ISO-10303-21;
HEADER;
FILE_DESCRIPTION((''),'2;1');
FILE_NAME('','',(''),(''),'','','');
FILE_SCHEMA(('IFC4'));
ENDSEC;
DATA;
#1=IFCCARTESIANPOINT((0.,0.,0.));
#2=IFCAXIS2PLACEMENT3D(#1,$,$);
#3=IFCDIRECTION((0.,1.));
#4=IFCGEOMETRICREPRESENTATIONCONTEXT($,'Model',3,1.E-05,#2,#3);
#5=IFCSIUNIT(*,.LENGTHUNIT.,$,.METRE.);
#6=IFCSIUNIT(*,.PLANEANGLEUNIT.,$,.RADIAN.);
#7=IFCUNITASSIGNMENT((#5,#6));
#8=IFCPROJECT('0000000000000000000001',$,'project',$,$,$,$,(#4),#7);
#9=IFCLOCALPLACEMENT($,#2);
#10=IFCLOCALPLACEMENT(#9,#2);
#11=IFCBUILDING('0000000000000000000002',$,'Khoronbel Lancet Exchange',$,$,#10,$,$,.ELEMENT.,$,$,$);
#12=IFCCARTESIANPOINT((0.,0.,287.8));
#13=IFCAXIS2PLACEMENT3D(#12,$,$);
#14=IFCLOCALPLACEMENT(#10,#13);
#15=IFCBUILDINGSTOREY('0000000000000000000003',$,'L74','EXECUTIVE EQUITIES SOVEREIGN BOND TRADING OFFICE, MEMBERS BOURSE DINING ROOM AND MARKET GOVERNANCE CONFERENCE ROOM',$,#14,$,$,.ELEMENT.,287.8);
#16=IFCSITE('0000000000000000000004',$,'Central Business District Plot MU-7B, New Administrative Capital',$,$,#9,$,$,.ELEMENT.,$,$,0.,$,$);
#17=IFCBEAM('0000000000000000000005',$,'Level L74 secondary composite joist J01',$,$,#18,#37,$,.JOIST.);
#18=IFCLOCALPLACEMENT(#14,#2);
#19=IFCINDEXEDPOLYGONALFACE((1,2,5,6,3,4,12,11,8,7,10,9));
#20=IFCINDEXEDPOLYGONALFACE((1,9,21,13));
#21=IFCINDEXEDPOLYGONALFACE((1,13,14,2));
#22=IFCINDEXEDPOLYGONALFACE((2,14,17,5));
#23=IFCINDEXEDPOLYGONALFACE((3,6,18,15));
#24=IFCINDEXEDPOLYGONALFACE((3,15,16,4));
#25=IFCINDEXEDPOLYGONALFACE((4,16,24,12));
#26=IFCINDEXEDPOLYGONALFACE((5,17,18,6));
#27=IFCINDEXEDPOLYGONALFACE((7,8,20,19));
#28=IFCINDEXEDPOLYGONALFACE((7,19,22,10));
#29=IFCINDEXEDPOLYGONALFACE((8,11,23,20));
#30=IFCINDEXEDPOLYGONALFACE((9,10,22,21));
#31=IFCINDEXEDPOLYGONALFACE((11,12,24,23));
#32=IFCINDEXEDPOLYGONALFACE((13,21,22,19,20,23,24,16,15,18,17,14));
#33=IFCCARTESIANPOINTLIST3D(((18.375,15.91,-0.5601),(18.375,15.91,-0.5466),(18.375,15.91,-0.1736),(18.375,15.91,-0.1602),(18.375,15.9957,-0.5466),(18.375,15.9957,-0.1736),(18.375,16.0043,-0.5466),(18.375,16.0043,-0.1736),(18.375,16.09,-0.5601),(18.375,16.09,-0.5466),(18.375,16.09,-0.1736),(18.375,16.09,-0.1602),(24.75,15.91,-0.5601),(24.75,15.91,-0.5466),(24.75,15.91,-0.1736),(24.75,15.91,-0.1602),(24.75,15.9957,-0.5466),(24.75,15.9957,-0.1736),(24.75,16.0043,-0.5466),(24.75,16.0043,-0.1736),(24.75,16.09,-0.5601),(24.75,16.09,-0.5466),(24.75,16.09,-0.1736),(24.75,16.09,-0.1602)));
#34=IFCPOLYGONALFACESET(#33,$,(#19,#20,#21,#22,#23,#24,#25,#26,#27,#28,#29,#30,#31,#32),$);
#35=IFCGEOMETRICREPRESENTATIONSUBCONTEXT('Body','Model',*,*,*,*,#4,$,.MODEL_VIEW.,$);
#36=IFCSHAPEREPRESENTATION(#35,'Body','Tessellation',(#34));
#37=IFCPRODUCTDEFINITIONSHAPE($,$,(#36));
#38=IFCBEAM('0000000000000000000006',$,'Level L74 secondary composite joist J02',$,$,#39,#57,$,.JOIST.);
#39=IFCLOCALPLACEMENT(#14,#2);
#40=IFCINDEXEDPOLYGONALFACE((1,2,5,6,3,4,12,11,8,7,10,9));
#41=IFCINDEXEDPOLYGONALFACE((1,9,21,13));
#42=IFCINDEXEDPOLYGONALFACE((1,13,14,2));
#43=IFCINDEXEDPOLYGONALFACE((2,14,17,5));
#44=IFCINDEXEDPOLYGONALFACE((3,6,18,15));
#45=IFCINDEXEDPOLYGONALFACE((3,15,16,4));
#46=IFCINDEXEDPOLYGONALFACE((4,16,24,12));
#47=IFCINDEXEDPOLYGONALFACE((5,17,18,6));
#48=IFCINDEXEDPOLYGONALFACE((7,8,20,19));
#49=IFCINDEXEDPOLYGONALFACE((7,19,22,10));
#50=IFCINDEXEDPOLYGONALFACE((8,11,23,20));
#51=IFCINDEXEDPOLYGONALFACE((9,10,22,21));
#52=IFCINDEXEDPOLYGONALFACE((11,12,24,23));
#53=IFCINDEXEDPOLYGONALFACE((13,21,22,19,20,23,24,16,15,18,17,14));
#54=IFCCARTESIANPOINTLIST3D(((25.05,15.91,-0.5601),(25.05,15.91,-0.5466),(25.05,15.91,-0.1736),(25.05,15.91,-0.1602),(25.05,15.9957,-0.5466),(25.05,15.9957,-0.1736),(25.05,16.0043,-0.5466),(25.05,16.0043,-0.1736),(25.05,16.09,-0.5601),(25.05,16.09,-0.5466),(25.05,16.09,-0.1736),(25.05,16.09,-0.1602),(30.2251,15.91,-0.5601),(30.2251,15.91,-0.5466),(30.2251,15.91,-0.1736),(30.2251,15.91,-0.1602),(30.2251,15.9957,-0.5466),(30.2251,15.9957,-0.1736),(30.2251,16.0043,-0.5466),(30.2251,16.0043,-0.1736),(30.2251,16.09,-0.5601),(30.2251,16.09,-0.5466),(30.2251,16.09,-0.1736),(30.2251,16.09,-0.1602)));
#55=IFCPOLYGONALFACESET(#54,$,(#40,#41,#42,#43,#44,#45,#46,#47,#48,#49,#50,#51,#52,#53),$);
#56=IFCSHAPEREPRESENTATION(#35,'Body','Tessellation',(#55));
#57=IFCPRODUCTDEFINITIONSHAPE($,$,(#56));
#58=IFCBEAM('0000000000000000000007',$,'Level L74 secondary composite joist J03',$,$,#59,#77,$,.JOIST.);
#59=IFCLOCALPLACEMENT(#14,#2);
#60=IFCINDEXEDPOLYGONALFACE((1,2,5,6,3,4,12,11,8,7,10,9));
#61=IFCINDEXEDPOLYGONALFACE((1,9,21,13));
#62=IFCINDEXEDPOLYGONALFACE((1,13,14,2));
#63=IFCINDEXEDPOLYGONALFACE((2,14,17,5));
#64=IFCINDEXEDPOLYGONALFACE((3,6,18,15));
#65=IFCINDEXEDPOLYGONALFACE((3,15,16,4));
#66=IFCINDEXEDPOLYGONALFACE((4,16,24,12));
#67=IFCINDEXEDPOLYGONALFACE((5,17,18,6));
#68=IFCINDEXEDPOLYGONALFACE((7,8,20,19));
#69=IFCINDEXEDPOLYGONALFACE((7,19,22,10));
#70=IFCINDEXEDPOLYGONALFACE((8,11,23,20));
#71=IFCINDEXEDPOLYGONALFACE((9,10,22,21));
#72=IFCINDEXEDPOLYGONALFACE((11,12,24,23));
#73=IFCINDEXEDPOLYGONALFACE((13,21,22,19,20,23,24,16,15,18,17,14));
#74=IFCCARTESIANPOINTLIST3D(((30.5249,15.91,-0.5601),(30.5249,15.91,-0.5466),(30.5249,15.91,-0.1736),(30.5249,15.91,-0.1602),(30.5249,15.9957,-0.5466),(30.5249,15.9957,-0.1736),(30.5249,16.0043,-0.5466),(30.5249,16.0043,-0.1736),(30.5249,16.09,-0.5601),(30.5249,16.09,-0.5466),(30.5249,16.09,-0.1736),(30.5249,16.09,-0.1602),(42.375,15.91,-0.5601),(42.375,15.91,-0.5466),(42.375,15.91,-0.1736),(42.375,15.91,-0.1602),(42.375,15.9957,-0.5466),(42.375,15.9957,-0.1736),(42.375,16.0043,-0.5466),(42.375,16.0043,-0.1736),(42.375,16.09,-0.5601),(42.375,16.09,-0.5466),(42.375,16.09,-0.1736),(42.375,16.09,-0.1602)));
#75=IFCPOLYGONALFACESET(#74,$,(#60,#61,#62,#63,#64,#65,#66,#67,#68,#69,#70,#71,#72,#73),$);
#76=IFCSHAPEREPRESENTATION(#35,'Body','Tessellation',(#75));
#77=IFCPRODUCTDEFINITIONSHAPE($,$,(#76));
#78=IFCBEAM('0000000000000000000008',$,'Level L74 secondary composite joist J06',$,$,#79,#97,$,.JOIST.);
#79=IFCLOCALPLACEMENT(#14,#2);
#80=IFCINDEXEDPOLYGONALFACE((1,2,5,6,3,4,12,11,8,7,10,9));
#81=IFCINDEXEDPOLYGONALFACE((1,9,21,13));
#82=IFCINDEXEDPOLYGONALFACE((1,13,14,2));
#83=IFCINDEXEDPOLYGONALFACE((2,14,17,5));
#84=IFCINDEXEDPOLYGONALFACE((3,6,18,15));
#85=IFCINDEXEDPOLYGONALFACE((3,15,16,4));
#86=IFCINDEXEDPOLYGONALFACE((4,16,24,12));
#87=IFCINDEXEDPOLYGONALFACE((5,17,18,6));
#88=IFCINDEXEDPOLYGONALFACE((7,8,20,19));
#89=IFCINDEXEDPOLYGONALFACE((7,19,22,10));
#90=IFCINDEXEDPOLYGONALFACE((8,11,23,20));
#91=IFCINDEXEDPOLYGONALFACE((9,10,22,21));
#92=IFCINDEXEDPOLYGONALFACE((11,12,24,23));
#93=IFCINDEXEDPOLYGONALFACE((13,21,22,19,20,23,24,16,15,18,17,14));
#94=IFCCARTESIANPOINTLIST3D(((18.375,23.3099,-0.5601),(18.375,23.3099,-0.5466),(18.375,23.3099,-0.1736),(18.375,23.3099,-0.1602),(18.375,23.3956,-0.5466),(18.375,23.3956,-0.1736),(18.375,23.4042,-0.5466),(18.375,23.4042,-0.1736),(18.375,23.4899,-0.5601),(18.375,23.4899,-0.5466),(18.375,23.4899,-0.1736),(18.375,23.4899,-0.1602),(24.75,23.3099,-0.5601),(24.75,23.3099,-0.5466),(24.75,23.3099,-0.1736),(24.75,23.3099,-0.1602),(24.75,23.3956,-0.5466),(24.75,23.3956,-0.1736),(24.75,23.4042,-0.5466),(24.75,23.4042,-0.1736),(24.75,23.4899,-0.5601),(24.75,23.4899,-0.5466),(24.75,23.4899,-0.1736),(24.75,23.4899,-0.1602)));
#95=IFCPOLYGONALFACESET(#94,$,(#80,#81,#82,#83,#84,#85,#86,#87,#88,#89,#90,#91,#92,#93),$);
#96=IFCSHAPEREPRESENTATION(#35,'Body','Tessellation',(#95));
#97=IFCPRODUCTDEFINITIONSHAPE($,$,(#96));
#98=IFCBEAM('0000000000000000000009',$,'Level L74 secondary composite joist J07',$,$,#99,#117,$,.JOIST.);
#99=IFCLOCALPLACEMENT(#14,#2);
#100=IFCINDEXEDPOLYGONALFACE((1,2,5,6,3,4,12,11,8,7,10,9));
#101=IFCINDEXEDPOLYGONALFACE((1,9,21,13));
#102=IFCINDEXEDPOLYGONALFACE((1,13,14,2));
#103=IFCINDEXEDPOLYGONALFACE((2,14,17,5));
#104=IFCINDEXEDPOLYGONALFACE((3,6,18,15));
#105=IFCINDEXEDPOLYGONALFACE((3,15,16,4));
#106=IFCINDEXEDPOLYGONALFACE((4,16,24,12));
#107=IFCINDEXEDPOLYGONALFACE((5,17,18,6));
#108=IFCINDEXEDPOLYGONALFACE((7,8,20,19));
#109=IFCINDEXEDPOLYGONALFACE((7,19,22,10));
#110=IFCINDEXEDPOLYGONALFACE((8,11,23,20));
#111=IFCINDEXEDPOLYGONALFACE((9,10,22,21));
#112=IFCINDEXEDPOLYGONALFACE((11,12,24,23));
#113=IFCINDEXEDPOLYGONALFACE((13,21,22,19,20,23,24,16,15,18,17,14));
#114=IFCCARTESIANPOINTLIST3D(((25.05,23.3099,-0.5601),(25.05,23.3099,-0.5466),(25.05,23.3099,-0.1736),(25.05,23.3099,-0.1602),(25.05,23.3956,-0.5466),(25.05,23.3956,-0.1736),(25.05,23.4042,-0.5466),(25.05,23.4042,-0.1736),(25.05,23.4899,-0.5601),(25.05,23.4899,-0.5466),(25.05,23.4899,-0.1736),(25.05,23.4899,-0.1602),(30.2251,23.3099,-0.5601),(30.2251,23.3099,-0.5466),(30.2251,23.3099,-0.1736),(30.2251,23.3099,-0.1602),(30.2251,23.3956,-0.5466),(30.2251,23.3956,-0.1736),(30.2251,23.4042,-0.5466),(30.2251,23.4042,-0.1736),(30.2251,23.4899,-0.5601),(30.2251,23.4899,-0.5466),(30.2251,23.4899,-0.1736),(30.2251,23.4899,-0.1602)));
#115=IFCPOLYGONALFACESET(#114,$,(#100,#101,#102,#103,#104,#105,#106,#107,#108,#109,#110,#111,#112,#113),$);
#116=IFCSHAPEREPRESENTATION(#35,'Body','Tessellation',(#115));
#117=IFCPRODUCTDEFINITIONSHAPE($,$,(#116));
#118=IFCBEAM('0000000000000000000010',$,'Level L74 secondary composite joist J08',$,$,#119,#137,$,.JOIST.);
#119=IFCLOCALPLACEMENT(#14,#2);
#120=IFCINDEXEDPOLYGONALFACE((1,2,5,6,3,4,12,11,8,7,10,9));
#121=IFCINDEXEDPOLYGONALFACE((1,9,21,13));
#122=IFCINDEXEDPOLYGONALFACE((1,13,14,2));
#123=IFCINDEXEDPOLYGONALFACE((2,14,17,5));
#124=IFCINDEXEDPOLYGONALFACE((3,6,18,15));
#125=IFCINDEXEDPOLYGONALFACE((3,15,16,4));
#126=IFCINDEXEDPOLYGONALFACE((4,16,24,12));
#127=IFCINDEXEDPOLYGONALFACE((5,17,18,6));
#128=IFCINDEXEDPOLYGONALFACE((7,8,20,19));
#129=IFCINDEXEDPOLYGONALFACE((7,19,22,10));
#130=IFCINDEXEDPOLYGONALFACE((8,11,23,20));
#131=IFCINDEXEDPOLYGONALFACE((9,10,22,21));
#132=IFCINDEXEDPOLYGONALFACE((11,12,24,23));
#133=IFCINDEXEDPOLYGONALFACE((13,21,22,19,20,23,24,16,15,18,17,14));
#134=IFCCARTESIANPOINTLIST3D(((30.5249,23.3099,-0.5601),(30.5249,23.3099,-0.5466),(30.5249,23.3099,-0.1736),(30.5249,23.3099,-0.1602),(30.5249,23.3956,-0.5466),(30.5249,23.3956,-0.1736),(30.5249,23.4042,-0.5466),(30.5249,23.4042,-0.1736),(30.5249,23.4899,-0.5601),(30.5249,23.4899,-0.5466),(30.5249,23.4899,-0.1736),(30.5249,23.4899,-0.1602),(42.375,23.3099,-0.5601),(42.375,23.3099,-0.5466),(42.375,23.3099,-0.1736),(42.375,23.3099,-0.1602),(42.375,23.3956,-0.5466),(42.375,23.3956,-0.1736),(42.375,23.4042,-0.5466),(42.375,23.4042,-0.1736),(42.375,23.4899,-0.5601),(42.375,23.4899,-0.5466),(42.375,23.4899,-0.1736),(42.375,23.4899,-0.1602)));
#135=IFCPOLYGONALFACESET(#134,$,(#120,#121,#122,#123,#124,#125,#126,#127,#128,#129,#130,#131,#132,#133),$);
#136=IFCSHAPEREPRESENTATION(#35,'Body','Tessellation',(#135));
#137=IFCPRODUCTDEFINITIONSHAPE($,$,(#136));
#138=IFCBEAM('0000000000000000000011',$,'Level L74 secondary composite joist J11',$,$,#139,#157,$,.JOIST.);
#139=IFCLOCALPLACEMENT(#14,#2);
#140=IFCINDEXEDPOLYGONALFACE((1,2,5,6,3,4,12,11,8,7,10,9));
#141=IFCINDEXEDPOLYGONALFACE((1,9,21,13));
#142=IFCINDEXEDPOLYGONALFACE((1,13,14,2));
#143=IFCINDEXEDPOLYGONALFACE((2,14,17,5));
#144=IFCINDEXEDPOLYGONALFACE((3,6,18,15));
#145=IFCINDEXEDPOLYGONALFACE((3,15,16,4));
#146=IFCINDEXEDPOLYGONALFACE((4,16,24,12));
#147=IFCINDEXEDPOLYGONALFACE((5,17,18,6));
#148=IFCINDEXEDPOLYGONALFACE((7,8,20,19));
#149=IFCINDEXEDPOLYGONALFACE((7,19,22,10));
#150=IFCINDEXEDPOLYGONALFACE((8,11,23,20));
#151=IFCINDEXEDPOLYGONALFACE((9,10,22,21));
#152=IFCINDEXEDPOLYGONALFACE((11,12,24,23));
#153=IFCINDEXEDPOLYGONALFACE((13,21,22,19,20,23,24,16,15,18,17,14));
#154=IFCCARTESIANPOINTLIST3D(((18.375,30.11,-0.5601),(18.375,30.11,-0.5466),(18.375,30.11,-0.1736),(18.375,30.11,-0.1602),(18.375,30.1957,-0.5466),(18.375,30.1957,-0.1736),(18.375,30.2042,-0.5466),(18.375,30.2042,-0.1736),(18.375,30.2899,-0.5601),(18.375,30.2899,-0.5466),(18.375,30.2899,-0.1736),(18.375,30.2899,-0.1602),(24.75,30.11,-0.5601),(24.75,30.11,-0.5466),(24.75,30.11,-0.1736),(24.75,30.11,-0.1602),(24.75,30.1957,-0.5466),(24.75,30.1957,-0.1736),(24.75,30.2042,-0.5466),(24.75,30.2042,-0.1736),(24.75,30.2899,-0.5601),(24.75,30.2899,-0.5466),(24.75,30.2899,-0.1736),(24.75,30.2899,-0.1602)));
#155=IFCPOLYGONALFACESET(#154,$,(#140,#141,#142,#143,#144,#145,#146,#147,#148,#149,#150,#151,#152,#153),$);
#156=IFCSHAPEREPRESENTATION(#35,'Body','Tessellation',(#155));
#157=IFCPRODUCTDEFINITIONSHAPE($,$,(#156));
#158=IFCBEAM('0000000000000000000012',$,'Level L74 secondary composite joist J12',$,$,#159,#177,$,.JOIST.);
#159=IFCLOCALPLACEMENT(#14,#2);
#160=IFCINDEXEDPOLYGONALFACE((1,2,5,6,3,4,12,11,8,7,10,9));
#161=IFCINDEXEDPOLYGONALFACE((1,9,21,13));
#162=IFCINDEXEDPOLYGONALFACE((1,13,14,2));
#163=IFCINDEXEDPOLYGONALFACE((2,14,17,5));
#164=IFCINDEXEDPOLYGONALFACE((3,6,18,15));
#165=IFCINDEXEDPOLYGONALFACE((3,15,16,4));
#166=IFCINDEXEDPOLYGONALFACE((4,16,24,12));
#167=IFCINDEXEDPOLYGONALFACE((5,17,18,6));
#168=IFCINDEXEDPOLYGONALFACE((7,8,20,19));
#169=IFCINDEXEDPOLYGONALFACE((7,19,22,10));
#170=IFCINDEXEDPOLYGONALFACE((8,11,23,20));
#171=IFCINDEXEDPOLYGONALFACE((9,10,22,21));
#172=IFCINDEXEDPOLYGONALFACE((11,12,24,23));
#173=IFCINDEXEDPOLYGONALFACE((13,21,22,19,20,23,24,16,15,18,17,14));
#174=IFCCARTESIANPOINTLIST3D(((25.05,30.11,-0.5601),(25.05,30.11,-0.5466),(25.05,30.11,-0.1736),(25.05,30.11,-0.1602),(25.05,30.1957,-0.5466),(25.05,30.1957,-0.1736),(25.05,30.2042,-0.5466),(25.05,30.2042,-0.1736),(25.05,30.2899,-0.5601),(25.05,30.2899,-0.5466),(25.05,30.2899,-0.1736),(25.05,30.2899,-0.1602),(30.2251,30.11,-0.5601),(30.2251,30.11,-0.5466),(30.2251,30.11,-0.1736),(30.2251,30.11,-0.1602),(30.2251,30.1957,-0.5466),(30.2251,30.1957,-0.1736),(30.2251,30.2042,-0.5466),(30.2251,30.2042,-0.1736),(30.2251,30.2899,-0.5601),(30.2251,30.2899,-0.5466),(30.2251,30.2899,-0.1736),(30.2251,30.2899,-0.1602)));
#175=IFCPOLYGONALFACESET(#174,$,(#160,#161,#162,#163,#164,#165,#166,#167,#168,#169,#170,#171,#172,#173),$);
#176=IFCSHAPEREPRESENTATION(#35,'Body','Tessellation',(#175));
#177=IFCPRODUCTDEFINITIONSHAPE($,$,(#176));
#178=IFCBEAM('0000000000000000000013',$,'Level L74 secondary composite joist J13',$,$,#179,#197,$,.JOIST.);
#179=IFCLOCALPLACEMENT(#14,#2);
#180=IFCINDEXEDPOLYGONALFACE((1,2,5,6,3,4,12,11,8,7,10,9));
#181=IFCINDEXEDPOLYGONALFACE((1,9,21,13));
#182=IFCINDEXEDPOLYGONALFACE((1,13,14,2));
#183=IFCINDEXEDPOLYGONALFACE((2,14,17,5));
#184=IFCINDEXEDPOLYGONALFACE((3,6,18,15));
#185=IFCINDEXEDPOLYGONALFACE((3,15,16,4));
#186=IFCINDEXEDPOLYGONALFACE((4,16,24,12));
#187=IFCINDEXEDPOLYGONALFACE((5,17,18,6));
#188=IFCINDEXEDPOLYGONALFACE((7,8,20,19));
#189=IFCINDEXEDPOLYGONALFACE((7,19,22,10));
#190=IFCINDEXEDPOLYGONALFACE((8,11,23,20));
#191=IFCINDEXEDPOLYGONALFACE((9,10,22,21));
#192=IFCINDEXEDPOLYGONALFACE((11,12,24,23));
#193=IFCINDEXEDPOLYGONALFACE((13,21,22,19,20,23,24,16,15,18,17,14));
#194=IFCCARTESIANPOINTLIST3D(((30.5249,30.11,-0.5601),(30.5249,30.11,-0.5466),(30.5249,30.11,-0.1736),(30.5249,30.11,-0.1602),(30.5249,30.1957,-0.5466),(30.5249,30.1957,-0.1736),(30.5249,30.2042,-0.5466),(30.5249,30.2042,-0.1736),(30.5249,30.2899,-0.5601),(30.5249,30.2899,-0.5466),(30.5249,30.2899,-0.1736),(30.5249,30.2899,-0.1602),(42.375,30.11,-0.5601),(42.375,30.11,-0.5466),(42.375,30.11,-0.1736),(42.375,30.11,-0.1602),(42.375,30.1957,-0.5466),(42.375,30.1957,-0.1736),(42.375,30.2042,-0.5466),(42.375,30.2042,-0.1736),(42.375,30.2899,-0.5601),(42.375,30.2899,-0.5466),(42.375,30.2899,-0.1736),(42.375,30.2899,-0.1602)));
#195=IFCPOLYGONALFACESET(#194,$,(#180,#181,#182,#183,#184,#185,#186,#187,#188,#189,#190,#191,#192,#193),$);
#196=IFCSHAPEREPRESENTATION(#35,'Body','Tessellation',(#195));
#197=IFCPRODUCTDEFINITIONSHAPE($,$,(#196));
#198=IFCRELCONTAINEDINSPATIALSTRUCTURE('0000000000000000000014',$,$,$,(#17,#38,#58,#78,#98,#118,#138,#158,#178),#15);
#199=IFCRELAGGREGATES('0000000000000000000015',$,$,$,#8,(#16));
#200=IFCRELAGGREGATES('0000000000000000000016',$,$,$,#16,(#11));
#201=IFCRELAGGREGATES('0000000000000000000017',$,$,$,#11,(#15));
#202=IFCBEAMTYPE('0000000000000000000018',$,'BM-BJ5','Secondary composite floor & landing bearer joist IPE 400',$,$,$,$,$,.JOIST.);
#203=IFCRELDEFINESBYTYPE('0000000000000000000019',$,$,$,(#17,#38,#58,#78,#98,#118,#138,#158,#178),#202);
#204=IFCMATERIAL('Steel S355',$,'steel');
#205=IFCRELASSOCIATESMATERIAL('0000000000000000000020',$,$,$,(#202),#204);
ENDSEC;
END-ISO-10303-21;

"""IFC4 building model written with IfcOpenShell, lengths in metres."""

from ifc_helpers import new_model, si_unit, direction, frame, origin, origin_2d, place, context, subcontext, project, spatial, i_section, extrude, material, material_profile, profile_set, type_object, element, save


model = new_model("IFC4")

# Units and contexts
model_context = context("Model", 3, precision=1e-05, world=origin(), true_north=direction((0.0, 1.0)))
body_context = subcontext(model_context, "Body", "Model", "MODEL_VIEW")
ifc_project = project(units=[si_unit("LENGTHUNIT", "METRE"), si_unit("PLANEANGLEUNIT", "RADIAN")], contexts=[model_context])

# Site, building, storey
site_placement = place(None, origin())
site = spatial("IfcSite", under=ifc_project, at=site_placement, Name="Central Business District Plot MU-7B, New Administrative Capital", CompositionType="ELEMENT", RefElevation=0.0)
building_placement = place(site_placement, origin())
building = spatial("IfcBuilding", under=site, at=building_placement, Name="Khoronbel Lancet Exchange", CompositionType="ELEMENT")
storey_placement = place(building_placement, frame((0.0, 0.0, 287.8)))
storey = spatial("IfcBuildingStorey", under=building, at=storey_placement, Name="L74", Description="EXECUTIVE EQUITIES SOVEREIGN BOND TRADING OFFICE, MEMBERS BOURSE DINING ROOM AND MARKET GOVERNANCE CONFERENCE ROOM", CompositionType="ELEMENT", Elevation=287.8)

# Beams
ifc_material_1 = material(Name="Steel S355", Category="steel")
ifc_material_profile = material_profile(ifc_material_1, i_section(OverallWidth=0.1799, OverallDepth=0.3999, WebThickness=0.0085, FlangeThickness=0.0134, at=origin_2d()), Name="IPE 400")
ifc_profile_set = profile_set([ifc_material_profile], Name="Steel S355")
beam_type = type_object("IfcBeamType", Name="BM-BJ5", Description="Secondary composite floor & landing bearer joist IPE 400", PredefinedType="JOIST", material=ifc_profile_set)
beam_1_placement = place(storey_placement, frame((18.375, 16.0, -0.3601), z_axis=(1.0, 0.0, 0.0), x_axis=(0.0, 1.0, 0.0)))
element("IfcBeam", 1, at=beam_1_placement, inside=storey, type_object=beam_type, Name="Level L74 secondary composite joist J01", PredefinedType="JOIST", context=body_context, shape_type="SweptSolid", body=[
    extrude(i_section(OverallWidth=0.1799, OverallDepth=0.3999, WebThickness=0.0085, FlangeThickness=0.0134, at=origin_2d()), origin(), (0.0, 0.0, 1.0), 6.375),
])
beam_2_placement = place(storey_placement, frame((25.05, 16.0, -0.3601), z_axis=(1.0, 0.0, 0.0), x_axis=(0.0, 1.0, 0.0)))
element("IfcBeam", 2, at=beam_2_placement, inside=storey, type_object=beam_type, Name="Level L74 secondary composite joist J02", PredefinedType="JOIST", context=body_context, shape_type="SweptSolid", body=[
    extrude(i_section(OverallWidth=0.1799, OverallDepth=0.3999, WebThickness=0.0085, FlangeThickness=0.0134, at=origin_2d()), origin(), (0.0, 0.0, 1.0), 5.175),
])
beam_3_placement = place(storey_placement, frame((30.5249, 16.0, -0.3601), z_axis=(1.0, 0.0, 0.0), x_axis=(0.0, 1.0, 0.0)))
element("IfcBeam", 3, at=beam_3_placement, inside=storey, type_object=beam_type, Name="Level L74 secondary composite joist J03", PredefinedType="JOIST", context=body_context, shape_type="SweptSolid", body=[
    extrude(i_section(OverallWidth=0.1799, OverallDepth=0.3999, WebThickness=0.0085, FlangeThickness=0.0134, at=origin_2d()), origin(), (0.0, 0.0, 1.0), 11.8501),
])
beam_4_placement = place(storey_placement, frame((18.375, 23.3999, -0.3601), z_axis=(1.0, 0.0, 0.0), x_axis=(0.0, 1.0, 0.0)))
element("IfcBeam", 4, at=beam_4_placement, inside=storey, type_object=beam_type, Name="Level L74 secondary composite joist J06", PredefinedType="JOIST", context=body_context, shape_type="SweptSolid", body=[
    extrude(i_section(OverallWidth=0.1799, OverallDepth=0.3999, WebThickness=0.0085, FlangeThickness=0.0134, at=origin_2d()), origin(), (0.0, 0.0, 1.0), 6.375),
])
beam_5_placement = place(storey_placement, frame((25.05, 23.3999, -0.3601), z_axis=(1.0, 0.0, 0.0), x_axis=(0.0, 1.0, 0.0)))
element("IfcBeam", 5, at=beam_5_placement, inside=storey, type_object=beam_type, Name="Level L74 secondary composite joist J07", PredefinedType="JOIST", context=body_context, shape_type="SweptSolid", body=[
    extrude(i_section(OverallWidth=0.1799, OverallDepth=0.3999, WebThickness=0.0085, FlangeThickness=0.0134, at=origin_2d()), origin(), (0.0, 0.0, 1.0), 5.175),
])
beam_6_placement = place(storey_placement, frame((30.5249, 23.3999, -0.3601), z_axis=(1.0, 0.0, 0.0), x_axis=(0.0, 1.0, 0.0)))
element("IfcBeam", 6, at=beam_6_placement, inside=storey, type_object=beam_type, Name="Level L74 secondary composite joist J08", PredefinedType="JOIST", context=body_context, shape_type="SweptSolid", body=[
    extrude(i_section(OverallWidth=0.1799, OverallDepth=0.3999, WebThickness=0.0085, FlangeThickness=0.0134, at=origin_2d()), origin(), (0.0, 0.0, 1.0), 11.8501),
])
beam_7_placement = place(storey_placement, frame((18.375, 30.2, -0.3601), z_axis=(1.0, 0.0, 0.0), x_axis=(0.0, 1.0, 0.0)))
element("IfcBeam", 7, at=beam_7_placement, inside=storey, type_object=beam_type, Name="Level L74 secondary composite joist J11", PredefinedType="JOIST", context=body_context, shape_type="SweptSolid", body=[
    extrude(i_section(OverallWidth=0.1799, OverallDepth=0.3999, WebThickness=0.0085, FlangeThickness=0.0134, at=origin_2d()), origin(), (0.0, 0.0, 1.0), 6.375),
])
beam_8_placement = place(storey_placement, frame((25.05, 30.2, -0.3601), z_axis=(1.0, 0.0, 0.0), x_axis=(0.0, 1.0, 0.0)))
element("IfcBeam", 8, at=beam_8_placement, inside=storey, type_object=beam_type, Name="Level L74 secondary composite joist J12", PredefinedType="JOIST", context=body_context, shape_type="SweptSolid", body=[
    extrude(i_section(OverallWidth=0.1799, OverallDepth=0.3999, WebThickness=0.0085, FlangeThickness=0.0134, at=origin_2d()), origin(), (0.0, 0.0, 1.0), 5.175),
])
beam_9_placement = place(storey_placement, frame((30.5249, 30.2, -0.3601), z_axis=(1.0, 0.0, 0.0), x_axis=(0.0, 1.0, 0.0)))
element("IfcBeam", 9, at=beam_9_placement, inside=storey, type_object=beam_type, Name="Level L74 secondary composite joist J13", PredefinedType="JOIST", context=body_context, shape_type="SweptSolid", body=[
    extrude(i_section(OverallWidth=0.1799, OverallDepth=0.3999, WebThickness=0.0085, FlangeThickness=0.0134, at=origin_2d()), origin(), (0.0, 0.0, 1.0), 11.8501),
])

save(model, "model.ifc")
